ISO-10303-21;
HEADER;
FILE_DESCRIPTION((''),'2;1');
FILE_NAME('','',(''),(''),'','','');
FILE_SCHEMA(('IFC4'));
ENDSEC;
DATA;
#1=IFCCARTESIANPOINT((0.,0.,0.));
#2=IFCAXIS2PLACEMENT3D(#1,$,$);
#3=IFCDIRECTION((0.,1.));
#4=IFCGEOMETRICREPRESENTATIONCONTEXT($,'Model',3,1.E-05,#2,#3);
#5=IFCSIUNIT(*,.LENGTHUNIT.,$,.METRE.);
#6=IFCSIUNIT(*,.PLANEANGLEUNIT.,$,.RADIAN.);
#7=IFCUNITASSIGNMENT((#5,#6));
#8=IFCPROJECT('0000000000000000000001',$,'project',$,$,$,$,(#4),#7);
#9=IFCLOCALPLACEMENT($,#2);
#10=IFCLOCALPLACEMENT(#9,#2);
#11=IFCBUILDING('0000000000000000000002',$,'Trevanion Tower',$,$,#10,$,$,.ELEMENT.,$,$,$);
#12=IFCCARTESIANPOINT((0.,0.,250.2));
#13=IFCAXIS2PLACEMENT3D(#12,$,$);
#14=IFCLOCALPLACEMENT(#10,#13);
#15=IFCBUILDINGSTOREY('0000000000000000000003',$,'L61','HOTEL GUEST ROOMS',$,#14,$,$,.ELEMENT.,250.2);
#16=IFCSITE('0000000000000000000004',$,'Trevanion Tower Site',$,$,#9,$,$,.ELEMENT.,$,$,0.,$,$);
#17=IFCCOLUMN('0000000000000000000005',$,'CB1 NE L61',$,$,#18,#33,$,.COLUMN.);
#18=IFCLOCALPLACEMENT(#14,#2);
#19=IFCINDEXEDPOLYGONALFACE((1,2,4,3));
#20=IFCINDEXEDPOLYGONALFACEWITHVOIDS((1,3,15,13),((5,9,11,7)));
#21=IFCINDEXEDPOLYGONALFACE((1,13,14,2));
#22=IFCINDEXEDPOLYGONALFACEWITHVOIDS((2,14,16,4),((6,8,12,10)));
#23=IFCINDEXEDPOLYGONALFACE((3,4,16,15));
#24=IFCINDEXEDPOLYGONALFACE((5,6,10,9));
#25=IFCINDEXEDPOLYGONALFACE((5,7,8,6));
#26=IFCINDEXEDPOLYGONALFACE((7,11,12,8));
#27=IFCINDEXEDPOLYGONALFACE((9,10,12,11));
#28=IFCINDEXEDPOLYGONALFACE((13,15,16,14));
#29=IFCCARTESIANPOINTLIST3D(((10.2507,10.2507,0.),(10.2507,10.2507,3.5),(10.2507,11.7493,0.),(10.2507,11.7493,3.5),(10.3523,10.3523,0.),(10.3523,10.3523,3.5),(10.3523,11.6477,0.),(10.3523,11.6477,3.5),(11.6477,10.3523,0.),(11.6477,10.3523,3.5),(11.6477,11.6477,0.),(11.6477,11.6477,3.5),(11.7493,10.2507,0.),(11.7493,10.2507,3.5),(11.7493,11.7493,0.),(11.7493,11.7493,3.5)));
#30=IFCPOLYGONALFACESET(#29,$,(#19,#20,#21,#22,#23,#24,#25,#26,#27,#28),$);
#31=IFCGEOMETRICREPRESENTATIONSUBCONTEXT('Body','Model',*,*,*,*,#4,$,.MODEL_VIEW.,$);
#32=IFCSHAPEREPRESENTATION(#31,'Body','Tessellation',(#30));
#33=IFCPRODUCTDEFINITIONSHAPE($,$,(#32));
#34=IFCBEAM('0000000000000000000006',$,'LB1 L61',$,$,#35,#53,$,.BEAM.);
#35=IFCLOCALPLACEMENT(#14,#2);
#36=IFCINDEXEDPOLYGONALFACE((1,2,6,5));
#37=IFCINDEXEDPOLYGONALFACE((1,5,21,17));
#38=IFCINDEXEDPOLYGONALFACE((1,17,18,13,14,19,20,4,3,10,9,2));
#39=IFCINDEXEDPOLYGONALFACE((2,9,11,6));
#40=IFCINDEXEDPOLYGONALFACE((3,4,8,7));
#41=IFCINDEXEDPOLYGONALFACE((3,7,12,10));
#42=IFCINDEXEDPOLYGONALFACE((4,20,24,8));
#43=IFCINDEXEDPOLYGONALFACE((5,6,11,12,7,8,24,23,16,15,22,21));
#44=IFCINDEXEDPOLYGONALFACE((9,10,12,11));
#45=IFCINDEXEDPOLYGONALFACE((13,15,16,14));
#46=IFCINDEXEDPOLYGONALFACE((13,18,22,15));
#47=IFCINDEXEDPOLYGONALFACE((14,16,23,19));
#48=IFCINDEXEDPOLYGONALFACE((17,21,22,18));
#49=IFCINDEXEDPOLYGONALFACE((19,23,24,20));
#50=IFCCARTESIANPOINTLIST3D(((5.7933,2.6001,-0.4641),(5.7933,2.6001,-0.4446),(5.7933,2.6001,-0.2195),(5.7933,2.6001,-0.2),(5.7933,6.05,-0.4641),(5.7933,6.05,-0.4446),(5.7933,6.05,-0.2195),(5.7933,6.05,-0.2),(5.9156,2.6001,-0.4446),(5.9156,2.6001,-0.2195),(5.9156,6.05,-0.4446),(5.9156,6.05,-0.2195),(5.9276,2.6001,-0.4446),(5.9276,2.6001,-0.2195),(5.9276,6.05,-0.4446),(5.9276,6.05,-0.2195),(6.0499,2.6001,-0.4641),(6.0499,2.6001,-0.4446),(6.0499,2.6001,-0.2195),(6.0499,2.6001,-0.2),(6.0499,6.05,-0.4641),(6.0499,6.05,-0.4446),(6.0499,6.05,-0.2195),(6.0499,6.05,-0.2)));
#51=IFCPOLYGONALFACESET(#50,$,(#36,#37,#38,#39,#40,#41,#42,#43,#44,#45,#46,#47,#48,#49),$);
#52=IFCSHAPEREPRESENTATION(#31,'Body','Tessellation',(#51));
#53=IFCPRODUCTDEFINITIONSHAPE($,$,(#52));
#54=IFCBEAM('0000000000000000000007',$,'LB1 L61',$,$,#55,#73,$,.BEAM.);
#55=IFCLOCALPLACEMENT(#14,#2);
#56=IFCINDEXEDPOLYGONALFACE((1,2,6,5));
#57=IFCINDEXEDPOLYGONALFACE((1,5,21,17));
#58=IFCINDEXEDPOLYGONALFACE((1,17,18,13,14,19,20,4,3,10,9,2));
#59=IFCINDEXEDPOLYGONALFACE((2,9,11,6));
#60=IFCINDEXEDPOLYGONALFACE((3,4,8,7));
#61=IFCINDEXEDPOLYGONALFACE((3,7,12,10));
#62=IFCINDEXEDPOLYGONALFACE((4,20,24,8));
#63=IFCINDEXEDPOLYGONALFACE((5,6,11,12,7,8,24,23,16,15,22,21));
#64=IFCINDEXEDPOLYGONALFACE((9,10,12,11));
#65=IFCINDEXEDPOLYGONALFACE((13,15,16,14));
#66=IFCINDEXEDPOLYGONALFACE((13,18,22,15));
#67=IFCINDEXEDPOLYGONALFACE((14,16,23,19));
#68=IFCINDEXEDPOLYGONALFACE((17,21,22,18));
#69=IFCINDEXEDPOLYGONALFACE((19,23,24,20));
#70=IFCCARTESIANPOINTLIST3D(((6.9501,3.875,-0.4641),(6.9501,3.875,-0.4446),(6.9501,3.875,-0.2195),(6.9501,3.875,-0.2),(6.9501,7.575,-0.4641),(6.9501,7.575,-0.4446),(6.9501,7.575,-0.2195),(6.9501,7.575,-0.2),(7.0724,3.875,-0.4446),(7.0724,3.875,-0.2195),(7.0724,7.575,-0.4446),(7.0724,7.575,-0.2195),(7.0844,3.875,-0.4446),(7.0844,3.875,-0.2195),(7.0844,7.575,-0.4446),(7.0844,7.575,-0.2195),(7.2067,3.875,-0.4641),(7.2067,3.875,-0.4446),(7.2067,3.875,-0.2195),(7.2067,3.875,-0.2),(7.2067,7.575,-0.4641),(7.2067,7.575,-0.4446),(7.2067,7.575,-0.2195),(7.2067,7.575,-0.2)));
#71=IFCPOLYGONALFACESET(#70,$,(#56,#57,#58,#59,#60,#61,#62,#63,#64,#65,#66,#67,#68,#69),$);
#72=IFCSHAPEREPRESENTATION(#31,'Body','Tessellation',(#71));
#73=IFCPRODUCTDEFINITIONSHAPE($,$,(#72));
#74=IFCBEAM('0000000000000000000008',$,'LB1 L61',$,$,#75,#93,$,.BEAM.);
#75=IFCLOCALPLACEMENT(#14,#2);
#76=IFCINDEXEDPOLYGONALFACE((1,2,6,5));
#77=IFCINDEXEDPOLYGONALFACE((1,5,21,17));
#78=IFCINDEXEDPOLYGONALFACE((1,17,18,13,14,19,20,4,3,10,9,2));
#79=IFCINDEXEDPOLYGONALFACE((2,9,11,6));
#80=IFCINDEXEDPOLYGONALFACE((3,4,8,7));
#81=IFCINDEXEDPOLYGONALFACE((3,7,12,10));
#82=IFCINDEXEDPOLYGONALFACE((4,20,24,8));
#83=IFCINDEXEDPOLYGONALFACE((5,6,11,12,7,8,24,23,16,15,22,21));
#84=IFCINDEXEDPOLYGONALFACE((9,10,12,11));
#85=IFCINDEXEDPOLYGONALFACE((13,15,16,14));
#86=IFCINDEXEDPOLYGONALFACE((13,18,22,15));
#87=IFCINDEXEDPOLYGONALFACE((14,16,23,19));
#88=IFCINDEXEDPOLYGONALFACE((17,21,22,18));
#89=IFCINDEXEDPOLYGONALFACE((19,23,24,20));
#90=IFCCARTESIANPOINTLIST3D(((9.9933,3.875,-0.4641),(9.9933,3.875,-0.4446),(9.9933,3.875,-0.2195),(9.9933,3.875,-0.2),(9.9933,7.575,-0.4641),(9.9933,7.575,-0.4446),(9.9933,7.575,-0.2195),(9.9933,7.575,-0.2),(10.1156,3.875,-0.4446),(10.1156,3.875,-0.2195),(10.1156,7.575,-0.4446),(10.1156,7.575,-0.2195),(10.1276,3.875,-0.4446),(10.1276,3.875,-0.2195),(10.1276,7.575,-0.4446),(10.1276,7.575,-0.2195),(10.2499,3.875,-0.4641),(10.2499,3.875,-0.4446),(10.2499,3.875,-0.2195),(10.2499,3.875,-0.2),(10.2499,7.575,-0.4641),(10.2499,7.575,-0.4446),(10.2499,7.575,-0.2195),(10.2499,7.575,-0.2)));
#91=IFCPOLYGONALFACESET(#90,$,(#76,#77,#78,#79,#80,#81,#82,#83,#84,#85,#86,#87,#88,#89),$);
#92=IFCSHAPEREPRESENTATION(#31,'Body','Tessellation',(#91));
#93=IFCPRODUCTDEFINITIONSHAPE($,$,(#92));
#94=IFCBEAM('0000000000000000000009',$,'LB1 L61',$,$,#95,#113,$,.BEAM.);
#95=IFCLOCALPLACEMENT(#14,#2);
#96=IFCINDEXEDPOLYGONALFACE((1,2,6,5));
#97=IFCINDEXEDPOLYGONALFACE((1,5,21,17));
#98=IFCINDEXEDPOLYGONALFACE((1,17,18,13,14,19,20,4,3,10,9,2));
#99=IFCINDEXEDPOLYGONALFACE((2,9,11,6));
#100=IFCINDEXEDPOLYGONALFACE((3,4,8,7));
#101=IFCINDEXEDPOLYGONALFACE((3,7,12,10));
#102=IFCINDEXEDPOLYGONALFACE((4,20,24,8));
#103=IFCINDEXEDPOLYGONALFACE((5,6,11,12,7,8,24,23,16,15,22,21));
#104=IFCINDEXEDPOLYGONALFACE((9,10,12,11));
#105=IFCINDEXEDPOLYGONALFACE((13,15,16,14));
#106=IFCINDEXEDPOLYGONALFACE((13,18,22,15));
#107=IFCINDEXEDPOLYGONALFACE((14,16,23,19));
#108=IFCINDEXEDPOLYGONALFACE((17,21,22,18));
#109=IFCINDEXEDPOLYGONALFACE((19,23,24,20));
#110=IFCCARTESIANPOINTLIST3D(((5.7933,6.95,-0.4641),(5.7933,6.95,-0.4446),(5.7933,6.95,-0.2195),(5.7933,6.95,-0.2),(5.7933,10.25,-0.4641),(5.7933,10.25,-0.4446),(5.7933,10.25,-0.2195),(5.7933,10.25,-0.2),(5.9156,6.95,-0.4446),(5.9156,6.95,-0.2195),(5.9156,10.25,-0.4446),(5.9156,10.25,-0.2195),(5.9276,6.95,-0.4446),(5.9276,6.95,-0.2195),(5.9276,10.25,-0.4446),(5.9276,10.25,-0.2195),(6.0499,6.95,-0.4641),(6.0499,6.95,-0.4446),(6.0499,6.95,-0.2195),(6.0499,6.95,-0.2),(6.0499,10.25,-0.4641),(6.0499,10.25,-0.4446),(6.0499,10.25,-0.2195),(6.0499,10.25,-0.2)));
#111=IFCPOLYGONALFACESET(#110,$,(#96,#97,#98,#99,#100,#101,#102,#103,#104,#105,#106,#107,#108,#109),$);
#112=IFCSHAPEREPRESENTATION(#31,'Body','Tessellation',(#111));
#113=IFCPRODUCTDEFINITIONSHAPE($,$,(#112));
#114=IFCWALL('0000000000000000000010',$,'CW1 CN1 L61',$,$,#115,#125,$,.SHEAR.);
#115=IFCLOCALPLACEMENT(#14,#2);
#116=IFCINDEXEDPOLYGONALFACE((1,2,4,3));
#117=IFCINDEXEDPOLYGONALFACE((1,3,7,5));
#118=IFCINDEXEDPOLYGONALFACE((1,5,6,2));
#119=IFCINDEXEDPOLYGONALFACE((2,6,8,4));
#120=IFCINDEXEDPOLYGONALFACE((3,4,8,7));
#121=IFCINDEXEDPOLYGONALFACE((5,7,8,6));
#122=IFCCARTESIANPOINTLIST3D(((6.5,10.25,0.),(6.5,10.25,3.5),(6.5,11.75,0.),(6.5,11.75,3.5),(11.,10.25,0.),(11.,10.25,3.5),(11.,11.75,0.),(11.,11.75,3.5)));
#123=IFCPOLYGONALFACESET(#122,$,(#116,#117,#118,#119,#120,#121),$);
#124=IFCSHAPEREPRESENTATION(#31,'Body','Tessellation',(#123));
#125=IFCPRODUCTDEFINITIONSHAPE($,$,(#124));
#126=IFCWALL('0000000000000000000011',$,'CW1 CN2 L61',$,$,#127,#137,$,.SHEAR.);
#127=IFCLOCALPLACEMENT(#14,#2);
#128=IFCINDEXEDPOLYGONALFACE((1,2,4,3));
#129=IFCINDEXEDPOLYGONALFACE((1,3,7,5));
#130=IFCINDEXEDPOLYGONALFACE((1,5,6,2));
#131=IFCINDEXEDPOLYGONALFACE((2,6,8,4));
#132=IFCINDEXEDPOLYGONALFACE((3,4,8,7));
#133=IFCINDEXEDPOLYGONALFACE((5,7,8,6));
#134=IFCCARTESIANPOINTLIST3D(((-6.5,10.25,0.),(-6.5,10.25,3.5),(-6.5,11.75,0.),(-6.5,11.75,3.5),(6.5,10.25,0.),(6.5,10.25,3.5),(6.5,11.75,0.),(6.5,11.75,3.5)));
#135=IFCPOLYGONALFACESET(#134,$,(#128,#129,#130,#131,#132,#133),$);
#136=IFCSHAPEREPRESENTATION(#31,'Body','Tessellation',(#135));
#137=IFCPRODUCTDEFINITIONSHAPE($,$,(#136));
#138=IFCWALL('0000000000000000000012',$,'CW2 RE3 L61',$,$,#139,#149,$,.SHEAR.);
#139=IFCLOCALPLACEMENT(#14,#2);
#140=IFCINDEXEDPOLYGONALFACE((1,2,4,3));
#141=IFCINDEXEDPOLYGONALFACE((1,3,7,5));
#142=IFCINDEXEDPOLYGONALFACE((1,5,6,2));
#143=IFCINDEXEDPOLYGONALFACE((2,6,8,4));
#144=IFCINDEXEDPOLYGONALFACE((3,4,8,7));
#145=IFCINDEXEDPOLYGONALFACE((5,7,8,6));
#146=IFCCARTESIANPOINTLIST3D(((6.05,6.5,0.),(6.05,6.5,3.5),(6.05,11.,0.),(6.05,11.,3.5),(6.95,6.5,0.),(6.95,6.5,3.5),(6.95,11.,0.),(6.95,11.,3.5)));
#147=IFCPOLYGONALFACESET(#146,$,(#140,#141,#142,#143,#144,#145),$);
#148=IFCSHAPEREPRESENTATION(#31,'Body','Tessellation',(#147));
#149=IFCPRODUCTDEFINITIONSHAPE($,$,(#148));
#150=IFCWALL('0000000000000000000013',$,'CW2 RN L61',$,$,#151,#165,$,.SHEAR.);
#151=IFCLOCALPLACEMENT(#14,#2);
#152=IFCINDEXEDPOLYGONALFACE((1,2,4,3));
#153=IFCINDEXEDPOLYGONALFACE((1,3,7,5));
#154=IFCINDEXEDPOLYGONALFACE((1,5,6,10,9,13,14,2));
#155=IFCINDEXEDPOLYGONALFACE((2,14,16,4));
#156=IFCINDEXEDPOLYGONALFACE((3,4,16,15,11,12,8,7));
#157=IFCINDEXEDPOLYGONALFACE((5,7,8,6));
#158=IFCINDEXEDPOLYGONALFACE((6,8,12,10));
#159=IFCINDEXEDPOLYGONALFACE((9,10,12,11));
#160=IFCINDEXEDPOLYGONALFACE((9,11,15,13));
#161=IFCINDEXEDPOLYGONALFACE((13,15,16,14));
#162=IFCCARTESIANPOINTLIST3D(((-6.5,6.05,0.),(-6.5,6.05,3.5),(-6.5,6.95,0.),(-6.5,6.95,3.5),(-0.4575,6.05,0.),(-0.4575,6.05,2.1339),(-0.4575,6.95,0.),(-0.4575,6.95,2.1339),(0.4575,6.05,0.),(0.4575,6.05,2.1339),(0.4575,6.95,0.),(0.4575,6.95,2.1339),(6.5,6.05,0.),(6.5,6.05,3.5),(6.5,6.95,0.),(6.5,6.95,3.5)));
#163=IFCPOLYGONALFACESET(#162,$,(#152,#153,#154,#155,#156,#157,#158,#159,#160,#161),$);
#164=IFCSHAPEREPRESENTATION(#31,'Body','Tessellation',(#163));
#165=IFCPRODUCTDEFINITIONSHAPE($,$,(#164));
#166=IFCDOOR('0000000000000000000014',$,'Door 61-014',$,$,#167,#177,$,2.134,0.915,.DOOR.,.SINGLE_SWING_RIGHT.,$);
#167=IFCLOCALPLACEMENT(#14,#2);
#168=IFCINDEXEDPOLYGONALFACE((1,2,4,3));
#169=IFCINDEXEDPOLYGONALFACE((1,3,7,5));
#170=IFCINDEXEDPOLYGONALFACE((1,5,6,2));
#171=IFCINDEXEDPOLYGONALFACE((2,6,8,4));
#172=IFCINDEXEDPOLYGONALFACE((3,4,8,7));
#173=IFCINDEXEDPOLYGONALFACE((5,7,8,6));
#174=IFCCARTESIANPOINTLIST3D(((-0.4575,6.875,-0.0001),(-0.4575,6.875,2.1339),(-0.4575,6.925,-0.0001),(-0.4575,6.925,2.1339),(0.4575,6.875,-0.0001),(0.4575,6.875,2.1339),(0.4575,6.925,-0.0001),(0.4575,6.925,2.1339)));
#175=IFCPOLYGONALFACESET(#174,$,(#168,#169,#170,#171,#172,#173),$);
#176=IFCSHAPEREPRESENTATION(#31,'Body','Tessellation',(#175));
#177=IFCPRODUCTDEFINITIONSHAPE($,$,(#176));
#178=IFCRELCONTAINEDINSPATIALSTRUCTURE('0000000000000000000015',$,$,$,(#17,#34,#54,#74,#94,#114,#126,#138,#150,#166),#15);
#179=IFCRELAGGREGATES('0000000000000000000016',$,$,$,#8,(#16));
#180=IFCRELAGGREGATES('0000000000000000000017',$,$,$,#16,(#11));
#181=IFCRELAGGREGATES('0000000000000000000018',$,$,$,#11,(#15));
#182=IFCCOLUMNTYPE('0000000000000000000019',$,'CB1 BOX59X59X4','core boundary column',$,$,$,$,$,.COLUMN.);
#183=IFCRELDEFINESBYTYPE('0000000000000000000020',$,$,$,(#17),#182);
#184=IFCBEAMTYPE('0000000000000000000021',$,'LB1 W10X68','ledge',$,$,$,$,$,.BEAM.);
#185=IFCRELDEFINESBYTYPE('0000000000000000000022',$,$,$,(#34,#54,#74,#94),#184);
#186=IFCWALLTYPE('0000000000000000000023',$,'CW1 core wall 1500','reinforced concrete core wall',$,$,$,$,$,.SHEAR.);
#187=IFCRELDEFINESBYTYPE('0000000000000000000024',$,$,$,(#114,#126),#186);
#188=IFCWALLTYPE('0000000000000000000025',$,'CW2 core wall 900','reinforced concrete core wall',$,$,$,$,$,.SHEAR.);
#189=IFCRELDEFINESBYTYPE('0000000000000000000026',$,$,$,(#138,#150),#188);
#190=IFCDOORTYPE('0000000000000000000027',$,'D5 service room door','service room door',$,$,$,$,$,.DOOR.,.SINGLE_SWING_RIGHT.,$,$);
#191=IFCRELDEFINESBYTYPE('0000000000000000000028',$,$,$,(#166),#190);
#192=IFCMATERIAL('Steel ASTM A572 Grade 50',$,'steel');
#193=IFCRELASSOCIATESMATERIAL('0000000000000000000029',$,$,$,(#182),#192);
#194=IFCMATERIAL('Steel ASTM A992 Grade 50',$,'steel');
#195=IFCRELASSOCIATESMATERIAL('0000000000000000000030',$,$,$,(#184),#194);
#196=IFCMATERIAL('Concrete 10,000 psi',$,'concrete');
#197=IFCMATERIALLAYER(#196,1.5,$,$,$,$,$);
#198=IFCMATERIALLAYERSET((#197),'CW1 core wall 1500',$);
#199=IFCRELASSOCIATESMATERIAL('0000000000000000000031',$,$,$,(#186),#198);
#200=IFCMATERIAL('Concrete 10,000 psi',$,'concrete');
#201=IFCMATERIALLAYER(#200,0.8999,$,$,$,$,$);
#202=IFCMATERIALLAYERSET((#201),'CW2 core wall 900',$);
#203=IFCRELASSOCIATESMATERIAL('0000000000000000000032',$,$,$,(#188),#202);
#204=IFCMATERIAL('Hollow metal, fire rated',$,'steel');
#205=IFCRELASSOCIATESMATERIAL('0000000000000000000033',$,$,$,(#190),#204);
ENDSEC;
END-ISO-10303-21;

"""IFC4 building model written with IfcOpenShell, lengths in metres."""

from ifc_helpers import new_model, si_unit, direction, frame, frame_2d, origin, origin_2d, place, context, subcontext, project, spatial, rectangle, hollow_rectangle, i_section, extrude, material, layer, layer_set, material_profile, profile_set, type_object, element, fill, save


model = new_model("IFC4")

# Units and contexts
model_context = context("Model", 3, precision=1e-05, world=origin(), true_north=direction((0.0, 1.0)))
body_context = subcontext(model_context, "Body", "Model", "MODEL_VIEW")
ifc_project = project(units=[si_unit("LENGTHUNIT", "METRE"), si_unit("PLANEANGLEUNIT", "RADIAN")], contexts=[model_context])

# Site, building, storey
site_placement = place(None, origin())
site = spatial("IfcSite", under=ifc_project, at=site_placement, Name="Trevanion Tower Site", CompositionType="ELEMENT", RefElevation=0.0)
building_placement = place(site_placement, origin())
building = spatial("IfcBuilding", under=site, at=building_placement, Name="Trevanion Tower", CompositionType="ELEMENT")
storey_placement = place(building_placement, frame((0.0, 0.0, 250.2)))
storey = spatial("IfcBuildingStorey", under=building, at=storey_placement, Name="L61", Description="HOTEL GUEST ROOMS", CompositionType="ELEMENT", Elevation=250.2)

# Column
ifc_material_1 = material(Name="Steel ASTM A572 Grade 50", Category="steel")
ifc_material_profile_1 = material_profile(ifc_material_1, hollow_rectangle(XDim=1.4985, YDim=1.4985, WallThickness=0.1016, at=origin_2d()), Name="BOX59X59X4")
ifc_profile_set_1 = profile_set([ifc_material_profile_1], Name="Steel ASTM A572 Grade 50")
column_type = type_object("IfcColumnType", Name="CB1 BOX59X59X4", Description="core boundary column", PredefinedType="COLUMN", material=ifc_profile_set_1)
column_placement = place(storey_placement, frame((11.0, 11.0, 0.0), z_axis=(0.0, 0.0, 1.0), x_axis=(1.0, 0.0, 0.0)))
element("IfcColumn", 1, at=column_placement, inside=storey, type_object=column_type, Name="CB1 NE L61", PredefinedType="COLUMN", context=body_context, shape_type="SweptSolid", body=[
    extrude(hollow_rectangle(XDim=1.4985, YDim=1.4985, WallThickness=0.1016, at=origin_2d()), origin(), (0.0, 0.0, 1.0), 3.5),
])

# Beams
ifc_material_2 = material(Name="Steel ASTM A992 Grade 50", Category="steel")
ifc_material_profile_2 = material_profile(ifc_material_2, i_section(OverallWidth=0.2566, OverallDepth=0.2642, WebThickness=0.012, FlangeThickness=0.0195, at=origin_2d()), Name="W10X68")
ifc_profile_set_2 = profile_set([ifc_material_profile_2], Name="Steel ASTM A992 Grade 50")
beam_type = type_object("IfcBeamType", Name="LB1 W10X68", Description="ledge", PredefinedType="BEAM", material=ifc_profile_set_2)
beam_1_placement = place(storey_placement, frame((5.9216, 2.6001, -0.332), z_axis=(0.0, 1.0, 0.0), x_axis=(-1.0, 0.0, 0.0)))
element("IfcBeam", 2, at=beam_1_placement, inside=storey, type_object=beam_type, Name="LB1 L61", PredefinedType="BEAM", context=body_context, shape_type="SweptSolid", body=[
    extrude(i_section(OverallWidth=0.2566, OverallDepth=0.2642, WebThickness=0.012, FlangeThickness=0.0195, at=origin_2d()), origin(), (0.0, 0.0, 1.0), 3.45),
])
for number, where, z_axis, x_axis, name in (
    (3, (7.0784, 3.875, -0.332), (0.0, 1.0, 0.0), (-1.0, 0.0, 0.0), "LB1 L61"),
    (4, (10.1216, 3.875, -0.332), (0.0, 1.0, 0.0), (-1.0, 0.0, 0.0), "LB1 L61"),
):
    element("IfcBeam", number, at=place(storey_placement, frame(where, z_axis=z_axis, x_axis=x_axis)), inside=storey, type_object=beam_type, Name=name, PredefinedType="BEAM", context=body_context, shape_type="SweptSolid", body=[
        extrude(i_section(OverallWidth=0.2566, OverallDepth=0.2642, WebThickness=0.012, FlangeThickness=0.0195, at=origin_2d()), origin(), (0.0, 0.0, 1.0), 3.7),
    ])
beam_2_placement = place(storey_placement, frame((5.9216, 6.95, -0.332), z_axis=(0.0, 1.0, 0.0), x_axis=(-1.0, 0.0, 0.0)))
element("IfcBeam", 5, at=beam_2_placement, inside=storey, type_object=beam_type, Name="LB1 L61", PredefinedType="BEAM", context=body_context, shape_type="SweptSolid", body=[
    extrude(i_section(OverallWidth=0.2566, OverallDepth=0.2642, WebThickness=0.012, FlangeThickness=0.0195, at=origin_2d()), origin(), (0.0, 0.0, 1.0), 3.3),
])

# Walls
ifc_material_3 = material(Name="Concrete 10,000 psi", Category="concrete")
ifc_layer_1 = layer(ifc_material_3, 1.5)
ifc_layer_set_1 = layer_set([ifc_layer_1], Name="CW1 core wall 1500")
wall_type_1 = type_object("IfcWallType", Name="CW1 core wall 1500", Description="reinforced concrete core wall", PredefinedType="SHEAR", material=ifc_layer_set_1)
wall_1_placement = place(storey_placement, frame((11.0, 11.0, 0.0), z_axis=(0.0, 0.0, 1.0), x_axis=(-1.0, 0.0, 0.0)))
element("IfcWall", 6, at=wall_1_placement, inside=storey, type_object=wall_type_1, Name="CW1 CN1 L61", PredefinedType="SHEAR", context=body_context, shape_type="SweptSolid", body=[
    extrude(rectangle(XDim=4.5, YDim=1.5, at=frame_2d((2.25, 0.0))), origin(), (0.0, 0.0, 1.0), 3.5),
])
wall_2_placement = place(storey_placement, frame((6.5, 11.0, 0.0), z_axis=(0.0, 0.0, 1.0), x_axis=(-1.0, 0.0, 0.0)))
element("IfcWall", 7, at=wall_2_placement, inside=storey, type_object=wall_type_1, Name="CW1 CN2 L61", PredefinedType="SHEAR", context=body_context, shape_type="SweptSolid", body=[
    extrude(rectangle(XDim=13.0, YDim=1.5, at=frame_2d((6.5, 0.0))), origin(), (0.0, 0.0, 1.0), 3.5),
])
ifc_material_4 = material(Name="Concrete 10,000 psi", Category="concrete")
ifc_layer_2 = layer(ifc_material_4, 0.8999)
ifc_layer_set_2 = layer_set([ifc_layer_2], Name="CW2 core wall 900")
wall_type_2 = type_object("IfcWallType", Name="CW2 core wall 900", Description="reinforced concrete core wall", PredefinedType="SHEAR", material=ifc_layer_set_2)
wall_3_placement = place(storey_placement, frame((6.5, 6.5, 0.0), z_axis=(0.0, 0.0, 1.0), x_axis=(0.0, 1.0, 0.0)))
element("IfcWall", 8, at=wall_3_placement, inside=storey, type_object=wall_type_2, Name="CW2 RE3 L61", PredefinedType="SHEAR", context=body_context, shape_type="SweptSolid", body=[
    extrude(rectangle(XDim=4.5, YDim=0.8999, at=frame_2d((2.25, 0.0))), origin(), (0.0, 0.0, 1.0), 3.5),
])

# Wall, opening, door
wall_4_placement = place(storey_placement, frame((6.5, 6.5, 0.0), z_axis=(0.0, 0.0, 1.0), x_axis=(-1.0, 0.0, 0.0)))
wall_4 = element("IfcWall", 9, at=wall_4_placement, inside=storey, type_object=wall_type_2, Name="CW2 RN L61", PredefinedType="SHEAR", context=body_context, shape_type="SweptSolid", body=[
    extrude(rectangle(XDim=13.0, YDim=0.8999, at=frame_2d((6.5, 0.0))), origin(), (0.0, 0.0, 1.0), 3.5),
])
opening_1_placement = place(wall_4_placement, frame((6.0425, 0.0, 0.0)))
opening_1 = element("IfcOpeningElement", 10, at=opening_1_placement, cuts=wall_4, PredefinedType="OPENING", context=body_context, shape_type="SweptSolid", body=[
    extrude(rectangle(XDim=0.915, YDim=2.134, at=frame_2d((0.4575, 1.0669))), frame((0.0, 0.46, 0.0), z_axis=(0.0, -1.0, 0.0), x_axis=(1.0, 0.0, 0.0)), (0.0, 0.0, 1.0), 0.9199),
])
ifc_material_5 = material(Name="Hollow metal, fire rated", Category="steel")
door_type_1 = type_object("IfcDoorType", Name="D5 service room door", Description="service room door", OperationType="SINGLE_SWING_RIGHT", PredefinedType="DOOR", material=ifc_material_5)
door_1_placement = place(opening_1_placement, origin())
door_1 = element("IfcDoor", 11, at=door_1_placement, inside=storey, type_object=door_type_1, Name="Door 61-014", OperationType="SINGLE_SWING_RIGHT", OverallHeight=2.134, OverallWidth=0.915, PredefinedType="DOOR", context=body_context, shape_type="SweptSolid", body=[
    extrude(rectangle(XDim=0.915, YDim=2.134, at=frame_2d((0.4575, 1.0669))), frame((0.0, -0.375, 0.0), z_axis=(0.0, -1.0, 0.0), x_axis=(1.0, 0.0, 0.0)), (0.0, 0.0, 1.0), 0.05),
])
fill(opening_1, door_1)

save(model, "model.ifc")
